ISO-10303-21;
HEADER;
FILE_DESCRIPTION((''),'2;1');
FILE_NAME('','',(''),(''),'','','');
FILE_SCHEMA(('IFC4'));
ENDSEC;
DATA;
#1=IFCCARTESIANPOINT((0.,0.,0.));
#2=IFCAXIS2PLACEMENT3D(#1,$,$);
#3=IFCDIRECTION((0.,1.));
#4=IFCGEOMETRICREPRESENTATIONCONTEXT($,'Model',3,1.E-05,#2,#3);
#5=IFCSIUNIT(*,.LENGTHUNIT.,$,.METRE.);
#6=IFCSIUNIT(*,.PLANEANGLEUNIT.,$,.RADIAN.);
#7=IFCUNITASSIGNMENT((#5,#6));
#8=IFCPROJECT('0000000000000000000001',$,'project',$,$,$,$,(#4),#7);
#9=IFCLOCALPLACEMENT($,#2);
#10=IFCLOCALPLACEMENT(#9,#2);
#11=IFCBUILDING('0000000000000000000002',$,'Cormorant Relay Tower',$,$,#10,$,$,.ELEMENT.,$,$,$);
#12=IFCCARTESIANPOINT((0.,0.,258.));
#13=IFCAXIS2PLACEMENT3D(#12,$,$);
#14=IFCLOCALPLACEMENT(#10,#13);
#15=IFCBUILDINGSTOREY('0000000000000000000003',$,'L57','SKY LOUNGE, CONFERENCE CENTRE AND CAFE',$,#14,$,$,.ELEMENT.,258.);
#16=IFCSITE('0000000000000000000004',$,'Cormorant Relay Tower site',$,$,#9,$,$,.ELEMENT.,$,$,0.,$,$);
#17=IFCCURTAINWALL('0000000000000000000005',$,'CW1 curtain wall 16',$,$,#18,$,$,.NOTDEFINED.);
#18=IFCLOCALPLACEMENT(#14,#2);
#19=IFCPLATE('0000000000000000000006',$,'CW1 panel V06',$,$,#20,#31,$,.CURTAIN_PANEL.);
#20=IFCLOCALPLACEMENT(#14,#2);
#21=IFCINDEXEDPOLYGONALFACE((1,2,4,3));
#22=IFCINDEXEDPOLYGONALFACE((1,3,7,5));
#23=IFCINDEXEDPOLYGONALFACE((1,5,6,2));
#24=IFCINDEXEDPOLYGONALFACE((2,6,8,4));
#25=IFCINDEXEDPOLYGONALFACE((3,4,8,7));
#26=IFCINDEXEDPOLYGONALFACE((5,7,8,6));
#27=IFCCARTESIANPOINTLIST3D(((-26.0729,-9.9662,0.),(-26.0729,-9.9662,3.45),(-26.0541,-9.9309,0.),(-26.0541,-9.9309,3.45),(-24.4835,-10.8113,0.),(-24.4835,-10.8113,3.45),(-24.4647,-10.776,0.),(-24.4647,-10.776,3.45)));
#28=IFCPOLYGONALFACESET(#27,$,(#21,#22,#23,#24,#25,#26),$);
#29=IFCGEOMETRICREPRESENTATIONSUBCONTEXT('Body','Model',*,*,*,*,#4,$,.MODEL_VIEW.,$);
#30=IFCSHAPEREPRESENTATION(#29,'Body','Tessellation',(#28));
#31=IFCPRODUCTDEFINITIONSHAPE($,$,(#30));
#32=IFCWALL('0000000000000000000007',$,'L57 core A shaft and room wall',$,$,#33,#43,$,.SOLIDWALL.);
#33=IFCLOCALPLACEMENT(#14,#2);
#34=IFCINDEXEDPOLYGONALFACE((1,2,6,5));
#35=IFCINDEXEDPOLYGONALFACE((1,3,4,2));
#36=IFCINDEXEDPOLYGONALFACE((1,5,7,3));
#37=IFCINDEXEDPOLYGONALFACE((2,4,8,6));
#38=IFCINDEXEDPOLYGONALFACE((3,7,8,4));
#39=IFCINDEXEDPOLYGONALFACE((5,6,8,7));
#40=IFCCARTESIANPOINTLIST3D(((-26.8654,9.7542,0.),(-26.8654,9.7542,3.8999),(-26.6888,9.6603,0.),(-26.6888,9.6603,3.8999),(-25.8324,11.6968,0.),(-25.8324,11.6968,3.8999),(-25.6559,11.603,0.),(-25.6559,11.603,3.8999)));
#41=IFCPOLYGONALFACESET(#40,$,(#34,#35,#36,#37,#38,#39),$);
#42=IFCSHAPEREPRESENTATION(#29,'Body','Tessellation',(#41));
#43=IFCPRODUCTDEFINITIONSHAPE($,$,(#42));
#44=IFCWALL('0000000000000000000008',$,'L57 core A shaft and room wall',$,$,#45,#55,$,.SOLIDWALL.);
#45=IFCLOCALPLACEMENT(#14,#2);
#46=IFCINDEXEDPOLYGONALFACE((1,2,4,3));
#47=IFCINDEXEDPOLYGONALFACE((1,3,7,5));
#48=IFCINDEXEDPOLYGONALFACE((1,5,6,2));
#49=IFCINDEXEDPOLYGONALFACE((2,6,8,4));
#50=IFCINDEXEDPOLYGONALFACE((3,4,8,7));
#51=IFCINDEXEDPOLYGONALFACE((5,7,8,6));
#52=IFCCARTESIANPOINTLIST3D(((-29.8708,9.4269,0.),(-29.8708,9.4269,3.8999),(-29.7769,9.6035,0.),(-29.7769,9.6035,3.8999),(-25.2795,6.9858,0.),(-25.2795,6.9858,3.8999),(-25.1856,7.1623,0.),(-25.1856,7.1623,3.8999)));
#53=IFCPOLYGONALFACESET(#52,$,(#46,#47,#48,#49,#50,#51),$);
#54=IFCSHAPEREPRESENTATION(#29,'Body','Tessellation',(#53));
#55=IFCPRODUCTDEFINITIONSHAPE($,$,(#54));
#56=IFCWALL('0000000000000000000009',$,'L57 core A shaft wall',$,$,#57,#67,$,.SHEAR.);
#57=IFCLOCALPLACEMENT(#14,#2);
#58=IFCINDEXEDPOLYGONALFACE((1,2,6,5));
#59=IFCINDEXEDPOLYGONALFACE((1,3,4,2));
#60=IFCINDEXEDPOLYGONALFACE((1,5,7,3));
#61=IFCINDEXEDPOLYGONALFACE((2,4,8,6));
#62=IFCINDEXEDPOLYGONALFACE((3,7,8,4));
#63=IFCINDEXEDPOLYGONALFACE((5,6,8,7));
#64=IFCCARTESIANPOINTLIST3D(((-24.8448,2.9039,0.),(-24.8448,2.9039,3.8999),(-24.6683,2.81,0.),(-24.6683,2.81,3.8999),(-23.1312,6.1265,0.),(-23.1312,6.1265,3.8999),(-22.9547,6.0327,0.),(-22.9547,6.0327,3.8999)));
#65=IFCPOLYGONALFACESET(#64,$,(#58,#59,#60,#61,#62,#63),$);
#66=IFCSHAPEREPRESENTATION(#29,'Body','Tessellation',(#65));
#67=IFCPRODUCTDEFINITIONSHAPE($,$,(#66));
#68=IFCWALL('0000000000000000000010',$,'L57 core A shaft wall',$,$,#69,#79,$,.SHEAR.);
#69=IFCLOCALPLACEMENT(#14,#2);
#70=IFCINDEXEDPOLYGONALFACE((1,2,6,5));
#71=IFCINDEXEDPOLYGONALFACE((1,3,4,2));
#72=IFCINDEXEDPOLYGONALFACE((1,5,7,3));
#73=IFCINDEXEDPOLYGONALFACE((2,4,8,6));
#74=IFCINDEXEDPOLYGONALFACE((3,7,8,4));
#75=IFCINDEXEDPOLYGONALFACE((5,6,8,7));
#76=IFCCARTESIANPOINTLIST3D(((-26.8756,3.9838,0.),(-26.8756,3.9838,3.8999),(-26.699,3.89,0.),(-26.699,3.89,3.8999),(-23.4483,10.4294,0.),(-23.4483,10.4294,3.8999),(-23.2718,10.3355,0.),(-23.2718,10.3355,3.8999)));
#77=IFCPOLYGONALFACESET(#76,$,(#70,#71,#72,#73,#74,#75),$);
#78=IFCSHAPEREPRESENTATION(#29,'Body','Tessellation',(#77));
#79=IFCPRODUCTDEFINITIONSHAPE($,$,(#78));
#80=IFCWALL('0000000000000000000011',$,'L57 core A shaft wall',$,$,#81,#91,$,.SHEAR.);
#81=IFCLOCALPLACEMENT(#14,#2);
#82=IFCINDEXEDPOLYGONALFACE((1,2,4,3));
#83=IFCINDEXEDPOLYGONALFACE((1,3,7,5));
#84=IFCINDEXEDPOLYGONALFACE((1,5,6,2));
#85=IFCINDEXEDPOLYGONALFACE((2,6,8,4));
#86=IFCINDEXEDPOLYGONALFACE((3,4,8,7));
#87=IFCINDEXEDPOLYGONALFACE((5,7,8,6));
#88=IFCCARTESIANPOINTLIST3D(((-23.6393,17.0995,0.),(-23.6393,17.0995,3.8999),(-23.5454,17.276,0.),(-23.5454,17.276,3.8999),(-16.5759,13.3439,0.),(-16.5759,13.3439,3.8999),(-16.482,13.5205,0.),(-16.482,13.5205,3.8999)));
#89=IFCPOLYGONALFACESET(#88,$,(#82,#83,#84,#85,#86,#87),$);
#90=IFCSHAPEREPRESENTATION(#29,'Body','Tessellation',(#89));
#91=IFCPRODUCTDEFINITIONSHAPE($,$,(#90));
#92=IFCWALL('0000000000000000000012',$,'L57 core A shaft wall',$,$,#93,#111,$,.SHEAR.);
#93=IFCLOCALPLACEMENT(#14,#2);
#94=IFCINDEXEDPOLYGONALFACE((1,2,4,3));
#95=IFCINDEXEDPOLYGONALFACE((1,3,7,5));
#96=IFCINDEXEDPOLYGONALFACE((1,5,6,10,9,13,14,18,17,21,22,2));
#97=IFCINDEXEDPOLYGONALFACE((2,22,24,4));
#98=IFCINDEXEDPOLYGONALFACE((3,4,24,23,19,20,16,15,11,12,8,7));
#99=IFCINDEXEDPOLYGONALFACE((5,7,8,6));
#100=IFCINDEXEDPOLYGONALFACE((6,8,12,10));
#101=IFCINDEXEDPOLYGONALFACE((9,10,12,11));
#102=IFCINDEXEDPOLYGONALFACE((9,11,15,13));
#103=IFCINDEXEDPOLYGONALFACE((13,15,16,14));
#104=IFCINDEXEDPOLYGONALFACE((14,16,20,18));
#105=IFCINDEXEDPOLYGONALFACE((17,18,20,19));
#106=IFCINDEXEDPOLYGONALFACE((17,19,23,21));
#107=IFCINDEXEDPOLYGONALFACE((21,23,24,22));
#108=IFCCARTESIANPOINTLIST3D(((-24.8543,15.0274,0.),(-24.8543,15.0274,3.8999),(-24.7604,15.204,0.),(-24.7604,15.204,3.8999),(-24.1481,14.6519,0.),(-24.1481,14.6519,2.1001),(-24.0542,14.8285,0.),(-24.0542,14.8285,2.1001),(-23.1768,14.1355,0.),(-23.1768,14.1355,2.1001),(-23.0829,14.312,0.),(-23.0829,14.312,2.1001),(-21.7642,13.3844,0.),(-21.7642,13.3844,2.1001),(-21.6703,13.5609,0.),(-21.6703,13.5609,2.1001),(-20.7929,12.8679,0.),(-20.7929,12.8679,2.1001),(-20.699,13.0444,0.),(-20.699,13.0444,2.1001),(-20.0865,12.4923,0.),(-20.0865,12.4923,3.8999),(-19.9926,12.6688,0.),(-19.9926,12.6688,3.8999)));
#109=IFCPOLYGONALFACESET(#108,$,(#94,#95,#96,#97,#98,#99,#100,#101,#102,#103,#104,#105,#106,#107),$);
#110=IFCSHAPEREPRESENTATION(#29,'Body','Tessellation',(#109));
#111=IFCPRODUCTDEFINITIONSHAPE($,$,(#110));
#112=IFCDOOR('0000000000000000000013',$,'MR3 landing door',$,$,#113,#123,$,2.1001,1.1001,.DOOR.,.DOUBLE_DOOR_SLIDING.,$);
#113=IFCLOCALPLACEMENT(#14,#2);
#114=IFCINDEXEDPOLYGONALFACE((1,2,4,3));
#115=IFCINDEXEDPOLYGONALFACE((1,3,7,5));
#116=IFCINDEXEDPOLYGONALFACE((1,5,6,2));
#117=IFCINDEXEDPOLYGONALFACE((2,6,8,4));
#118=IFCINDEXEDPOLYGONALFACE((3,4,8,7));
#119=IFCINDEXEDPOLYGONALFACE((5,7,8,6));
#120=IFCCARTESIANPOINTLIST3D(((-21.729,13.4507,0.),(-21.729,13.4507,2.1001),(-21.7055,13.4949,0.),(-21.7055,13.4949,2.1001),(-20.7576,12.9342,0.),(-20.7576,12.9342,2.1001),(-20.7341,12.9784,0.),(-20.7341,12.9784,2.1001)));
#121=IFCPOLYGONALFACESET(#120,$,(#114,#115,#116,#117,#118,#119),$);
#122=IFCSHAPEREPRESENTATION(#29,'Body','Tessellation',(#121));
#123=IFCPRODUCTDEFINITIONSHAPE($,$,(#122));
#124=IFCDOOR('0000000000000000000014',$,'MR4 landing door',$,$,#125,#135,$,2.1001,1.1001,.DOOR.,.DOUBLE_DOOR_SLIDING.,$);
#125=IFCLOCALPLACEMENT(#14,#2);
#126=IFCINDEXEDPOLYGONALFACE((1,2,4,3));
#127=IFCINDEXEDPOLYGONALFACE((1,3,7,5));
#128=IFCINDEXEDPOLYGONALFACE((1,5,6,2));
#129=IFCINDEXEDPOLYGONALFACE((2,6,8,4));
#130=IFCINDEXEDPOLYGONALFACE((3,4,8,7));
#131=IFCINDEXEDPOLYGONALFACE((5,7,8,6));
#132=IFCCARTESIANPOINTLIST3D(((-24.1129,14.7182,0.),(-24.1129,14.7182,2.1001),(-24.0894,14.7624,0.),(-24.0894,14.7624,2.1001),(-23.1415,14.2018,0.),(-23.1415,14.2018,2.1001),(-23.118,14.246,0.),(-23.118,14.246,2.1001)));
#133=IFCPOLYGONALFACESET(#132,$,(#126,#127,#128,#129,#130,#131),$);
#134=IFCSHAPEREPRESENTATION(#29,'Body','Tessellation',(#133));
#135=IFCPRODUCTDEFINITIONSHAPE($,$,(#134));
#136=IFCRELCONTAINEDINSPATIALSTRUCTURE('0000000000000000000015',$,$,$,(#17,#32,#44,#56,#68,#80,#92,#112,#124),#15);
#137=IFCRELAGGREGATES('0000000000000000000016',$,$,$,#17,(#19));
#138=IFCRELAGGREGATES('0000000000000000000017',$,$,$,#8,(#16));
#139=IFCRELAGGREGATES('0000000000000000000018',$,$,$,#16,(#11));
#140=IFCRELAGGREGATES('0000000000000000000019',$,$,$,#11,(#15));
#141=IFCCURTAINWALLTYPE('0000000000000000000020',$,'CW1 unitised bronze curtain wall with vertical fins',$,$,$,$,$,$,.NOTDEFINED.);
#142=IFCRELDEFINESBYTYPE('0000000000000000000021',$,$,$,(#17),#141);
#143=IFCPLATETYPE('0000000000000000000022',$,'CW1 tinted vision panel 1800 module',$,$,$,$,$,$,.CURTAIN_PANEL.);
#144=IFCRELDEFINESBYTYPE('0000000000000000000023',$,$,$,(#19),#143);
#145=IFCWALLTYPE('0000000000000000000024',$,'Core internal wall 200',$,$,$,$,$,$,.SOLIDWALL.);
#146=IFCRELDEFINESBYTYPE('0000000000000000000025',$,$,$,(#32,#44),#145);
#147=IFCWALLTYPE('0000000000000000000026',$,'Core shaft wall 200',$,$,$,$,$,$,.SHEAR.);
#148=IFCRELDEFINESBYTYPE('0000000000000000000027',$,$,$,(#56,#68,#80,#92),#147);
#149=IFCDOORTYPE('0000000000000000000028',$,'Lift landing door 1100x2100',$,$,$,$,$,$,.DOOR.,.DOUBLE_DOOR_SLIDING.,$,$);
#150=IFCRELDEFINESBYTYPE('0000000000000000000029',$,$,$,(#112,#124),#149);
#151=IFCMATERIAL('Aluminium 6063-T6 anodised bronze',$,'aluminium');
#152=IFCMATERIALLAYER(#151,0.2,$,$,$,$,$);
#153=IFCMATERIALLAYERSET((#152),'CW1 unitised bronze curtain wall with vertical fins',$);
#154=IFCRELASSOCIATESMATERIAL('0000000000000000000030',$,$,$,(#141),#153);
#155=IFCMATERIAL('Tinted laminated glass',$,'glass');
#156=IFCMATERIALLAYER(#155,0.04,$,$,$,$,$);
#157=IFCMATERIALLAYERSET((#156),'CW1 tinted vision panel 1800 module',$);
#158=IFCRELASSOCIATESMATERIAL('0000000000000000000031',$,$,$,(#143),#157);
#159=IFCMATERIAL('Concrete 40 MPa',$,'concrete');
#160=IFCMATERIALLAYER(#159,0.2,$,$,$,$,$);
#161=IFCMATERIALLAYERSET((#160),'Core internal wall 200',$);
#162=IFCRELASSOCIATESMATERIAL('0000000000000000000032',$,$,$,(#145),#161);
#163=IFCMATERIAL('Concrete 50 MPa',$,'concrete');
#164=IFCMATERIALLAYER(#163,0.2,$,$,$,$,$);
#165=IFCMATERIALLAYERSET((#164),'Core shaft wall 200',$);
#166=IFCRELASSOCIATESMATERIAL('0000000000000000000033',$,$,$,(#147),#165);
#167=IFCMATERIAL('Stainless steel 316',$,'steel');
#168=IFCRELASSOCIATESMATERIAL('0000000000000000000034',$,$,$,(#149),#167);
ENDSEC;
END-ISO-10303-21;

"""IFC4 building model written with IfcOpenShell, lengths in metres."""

from ifc_helpers import new_model, si_unit, direction, frame, frame_2d, origin, origin_2d, place, context, subcontext, project, spatial, rectangle, extrude, material, layer, layer_set, type_object, element, fill, aggregate, save


model = new_model("IFC4")

# Units and contexts
model_context = context("Model", 3, precision=1e-05, world=origin(), true_north=direction((0.0, 1.0)))
body_context = subcontext(model_context, "Body", "Model", "MODEL_VIEW")
ifc_project = project(units=[si_unit("LENGTHUNIT", "METRE"), si_unit("PLANEANGLEUNIT", "RADIAN")], contexts=[model_context])

# Site, building, storey
site_placement = place(None, origin())
site = spatial("IfcSite", under=ifc_project, at=site_placement, Name="Cormorant Relay Tower site", CompositionType="ELEMENT", RefElevation=0.0)
building_placement = place(site_placement, origin())
building = spatial("IfcBuilding", under=site, at=building_placement, Name="Cormorant Relay Tower", CompositionType="ELEMENT")
storey_placement = place(building_placement, frame((0.0, 0.0, 258.0)))
storey = spatial("IfcBuildingStorey", under=building, at=storey_placement, Name="L57", Description="SKY LOUNGE, CONFERENCE CENTRE AND CAFE", CompositionType="ELEMENT", Elevation=258.0)

# Curtain wall, plate
ifc_material_1 = material(Name="Aluminium 6063-T6 anodised bronze", Category="aluminium")
ifc_layer_1 = layer(ifc_material_1, 0.2)
ifc_layer_set_1 = layer_set([ifc_layer_1], Name="CW1 unitised bronze curtain wall with vertical fins")
curtain_wall_type = type_object("IfcCurtainWallType", Name="CW1 unitised bronze curtain wall with vertical fins", PredefinedType="NOTDEFINED", material=ifc_layer_set_1)
curtain_wall_placement = place(storey_placement, origin())
curtain_wall = element("IfcCurtainWall", 1, at=curtain_wall_placement, inside=storey, type_object=curtain_wall_type, Name="CW1 curtain wall 16", PredefinedType="NOTDEFINED")
ifc_material_2 = material(Name="Tinted laminated glass", Category="glass")
ifc_layer_2 = layer(ifc_material_2, 0.04)
ifc_layer_set_2 = layer_set([ifc_layer_2], Name="CW1 tinted vision panel 1800 module")
plate_type = type_object("IfcPlateType", Name="CW1 tinted vision panel 1800 module", PredefinedType="CURTAIN_PANEL", material=ifc_layer_set_2)
plate_placement = place(storey_placement, frame((-25.2688, -10.3711, 0.0), z_axis=(0.0, 0.0, 1.0), x_axis=(0.882948, -0.469472, 0.0)))
plate = element("IfcPlate", 2, at=plate_placement, type_object=plate_type, Name="CW1 panel V06", PredefinedType="CURTAIN_PANEL", context=body_context, shape_type="SweptSolid", body=[
    extrude(rectangle(XDim=1.8, YDim=0.04, at=origin_2d()), origin(), (0.0, 0.0, 1.0), 3.45),
])
aggregate(curtain_wall, [plate])

# Walls
ifc_material_3 = material(Name="Concrete 40 MPa", Category="concrete")
ifc_layer_3 = layer(ifc_material_3, 0.2)
ifc_layer_set_3 = layer_set([ifc_layer_3], Name="Core internal wall 200")
wall_type_1 = type_object("IfcWallType", Name="Core internal wall 200", PredefinedType="SOLIDWALL", material=ifc_layer_set_3)
wall_1_placement = place(storey_placement, frame((-25.7441, 11.6499, 0.0), z_axis=(0.0, 0.0, 1.0), x_axis=(-0.469488, -0.882939, 0.0)))
element("IfcWall", 3, at=wall_1_placement, inside=storey, type_object=wall_type_1, Name="L57 core A shaft and room wall", PredefinedType="SOLIDWALL", context=body_context, shape_type="SweptSolid", body=[
    extrude(rectangle(XDim=2.2002, YDim=0.2, at=frame_2d((1.1001, 0.0))), origin(), (0.0, 0.0, 1.0), 3.8999),
])
wall_2_placement = place(storey_placement, frame((-25.2324, 7.074, 0.0), z_axis=(0.0, 0.0, 1.0), x_axis=(-0.882954, 0.46946, 0.0)))
element("IfcWall", 4, at=wall_2_placement, inside=storey, type_object=wall_type_1, Name="L57 core A shaft and room wall", PredefinedType="SOLIDWALL", context=body_context, shape_type="SweptSolid", body=[
    extrude(rectangle(XDim=5.2, YDim=0.2, at=frame_2d((2.6001, 0.0))), origin(), (0.0, 0.0, 1.0), 3.8999),
])
ifc_material_4 = material(Name="Concrete 50 MPa", Category="concrete")
ifc_layer_4 = layer(ifc_material_4, 0.2)
ifc_layer_set_4 = layer_set([ifc_layer_4], Name="Core shaft wall 200")
wall_type_2 = type_object("IfcWallType", Name="Core shaft wall 200", PredefinedType="SHEAR", material=ifc_layer_set_4)
wall_3_placement = place(storey_placement, frame((-23.043, 6.0796, 0.0), z_axis=(0.0, 0.0, 1.0), x_axis=(-0.469494, -0.882936, 0.0)))
element("IfcWall", 5, at=wall_3_placement, inside=storey, type_object=wall_type_2, Name="L57 core A shaft wall", PredefinedType="SHEAR", context=body_context, shape_type="SweptSolid", body=[
    extrude(rectangle(XDim=3.6499, YDim=0.2, at=frame_2d((1.825, 0.0))), origin(), (0.0, 0.0, 1.0), 3.8999),
])
wall_4_placement = place(storey_placement, frame((-23.3601, 10.3823, 0.0), z_axis=(0.0, 0.0, 1.0), x_axis=(-0.46948, -0.882943, 0.0)))
element("IfcWall", 6, at=wall_4_placement, inside=storey, type_object=wall_type_2, Name="L57 core A shaft wall", PredefinedType="SHEAR", context=body_context, shape_type="SweptSolid", body=[
    extrude(rectangle(XDim=7.3, YDim=0.2, at=frame_2d((3.6499, 0.0))), origin(), (0.0, 0.0, 1.0), 3.8999),
])
wall_5_placement = place(storey_placement, frame((-16.5288, 13.4321, 0.0), z_axis=(0.0, 0.0, 1.0), x_axis=(-0.882953, 0.469462, 0.0)))
element("IfcWall", 7, at=wall_5_placement, inside=storey, type_object=wall_type_2, Name="L57 core A shaft wall", PredefinedType="SHEAR", context=body_context, shape_type="SweptSolid", body=[
    extrude(rectangle(XDim=7.9998, YDim=0.2, at=frame_2d((4.0, 0.0))), origin(), (0.0, 0.0, 1.0), 3.8999),
])

# Wall, openings, doors
wall_6_placement = place(storey_placement, frame((-20.0396, 12.5806, 0.0), z_axis=(0.0, 0.0, 1.0), x_axis=(-0.882943, 0.46948, 0.0)))
wall_6 = element("IfcWall", 8, at=wall_6_placement, inside=storey, type_object=wall_type_2, Name="L57 core A shaft wall", PredefinedType="SHEAR", context=body_context, shape_type="SweptSolid", body=[
    extrude(rectangle(XDim=5.3999, YDim=0.2, at=frame_2d((2.7, 0.0))), origin(), (0.0, 0.0, 1.0), 3.8999),
])
opening_1_placement = place(wall_6_placement, frame((0.8, 0.0, 0.0)))
opening_1 = element("IfcOpeningElement", 9, at=opening_1_placement, cuts=wall_6, PredefinedType="OPENING", context=body_context, shape_type="SweptSolid", body=[
    extrude(rectangle(XDim=1.1001, YDim=2.1001, at=frame_2d((0.55, 1.05))), frame((0.0, 0.1099, 0.0), z_axis=(0.0, -1.0, 0.0), x_axis=(1.0, 0.0, 0.0)), (0.0, 0.0, 1.0), 0.22),
])
opening_2_placement = place(wall_6_placement, frame((3.5, 0.0, 0.0)))
opening_2 = element("IfcOpeningElement", 10, at=opening_2_placement, cuts=wall_6, PredefinedType="OPENING", context=body_context, shape_type="SweptSolid", body=[
    extrude(rectangle(XDim=1.1001, YDim=2.1001, at=frame_2d((0.55, 1.05))), frame((0.0, 0.1099, 0.0), z_axis=(0.0, -1.0, 0.0), x_axis=(1.0, 0.0, 0.0)), (0.0, 0.0, 1.0), 0.22),
])
ifc_material_5 = material(Name="Stainless steel 316", Category="steel")
door_type_1 = type_object("IfcDoorType", Name="Lift landing door 1100x2100", OperationType="DOUBLE_DOOR_SLIDING", PredefinedType="DOOR", material=ifc_material_5)
door_1_placement = place(opening_1_placement, origin())
door_1 = element("IfcDoor", 11, at=door_1_placement, inside=storey, type_object=door_type_1, Name="MR3 landing door", OperationType="DOUBLE_DOOR_SLIDING", OverallHeight=2.1001, OverallWidth=1.1001, PredefinedType="DOOR", context=body_context, shape_type="SweptSolid", body=[
    extrude(rectangle(XDim=1.1001, YDim=2.1001, at=frame_2d((0.55, 1.05))), frame((0.0, 0.0249, 0.0), z_axis=(0.0, -1.0, 0.0), x_axis=(1.0, 0.0, 0.0)), (0.0, 0.0, 1.0), 0.05),
])
fill(opening_1, door_1)
door_2_placement = place(opening_2_placement, origin())
door_2 = element("IfcDoor", 12, at=door_2_placement, inside=storey, type_object=door_type_1, Name="MR4 landing door", OperationType="DOUBLE_DOOR_SLIDING", OverallHeight=2.1001, OverallWidth=1.1001, PredefinedType="DOOR", context=body_context, shape_type="SweptSolid", body=[
    extrude(rectangle(XDim=1.1001, YDim=2.1001, at=frame_2d((0.55, 1.05))), frame((0.0, 0.0249, 0.0), z_axis=(0.0, -1.0, 0.0), x_axis=(1.0, 0.0, 0.0)), (0.0, 0.0, 1.0), 0.05),
])
fill(opening_2, door_2)

save(model, "model.ifc")
